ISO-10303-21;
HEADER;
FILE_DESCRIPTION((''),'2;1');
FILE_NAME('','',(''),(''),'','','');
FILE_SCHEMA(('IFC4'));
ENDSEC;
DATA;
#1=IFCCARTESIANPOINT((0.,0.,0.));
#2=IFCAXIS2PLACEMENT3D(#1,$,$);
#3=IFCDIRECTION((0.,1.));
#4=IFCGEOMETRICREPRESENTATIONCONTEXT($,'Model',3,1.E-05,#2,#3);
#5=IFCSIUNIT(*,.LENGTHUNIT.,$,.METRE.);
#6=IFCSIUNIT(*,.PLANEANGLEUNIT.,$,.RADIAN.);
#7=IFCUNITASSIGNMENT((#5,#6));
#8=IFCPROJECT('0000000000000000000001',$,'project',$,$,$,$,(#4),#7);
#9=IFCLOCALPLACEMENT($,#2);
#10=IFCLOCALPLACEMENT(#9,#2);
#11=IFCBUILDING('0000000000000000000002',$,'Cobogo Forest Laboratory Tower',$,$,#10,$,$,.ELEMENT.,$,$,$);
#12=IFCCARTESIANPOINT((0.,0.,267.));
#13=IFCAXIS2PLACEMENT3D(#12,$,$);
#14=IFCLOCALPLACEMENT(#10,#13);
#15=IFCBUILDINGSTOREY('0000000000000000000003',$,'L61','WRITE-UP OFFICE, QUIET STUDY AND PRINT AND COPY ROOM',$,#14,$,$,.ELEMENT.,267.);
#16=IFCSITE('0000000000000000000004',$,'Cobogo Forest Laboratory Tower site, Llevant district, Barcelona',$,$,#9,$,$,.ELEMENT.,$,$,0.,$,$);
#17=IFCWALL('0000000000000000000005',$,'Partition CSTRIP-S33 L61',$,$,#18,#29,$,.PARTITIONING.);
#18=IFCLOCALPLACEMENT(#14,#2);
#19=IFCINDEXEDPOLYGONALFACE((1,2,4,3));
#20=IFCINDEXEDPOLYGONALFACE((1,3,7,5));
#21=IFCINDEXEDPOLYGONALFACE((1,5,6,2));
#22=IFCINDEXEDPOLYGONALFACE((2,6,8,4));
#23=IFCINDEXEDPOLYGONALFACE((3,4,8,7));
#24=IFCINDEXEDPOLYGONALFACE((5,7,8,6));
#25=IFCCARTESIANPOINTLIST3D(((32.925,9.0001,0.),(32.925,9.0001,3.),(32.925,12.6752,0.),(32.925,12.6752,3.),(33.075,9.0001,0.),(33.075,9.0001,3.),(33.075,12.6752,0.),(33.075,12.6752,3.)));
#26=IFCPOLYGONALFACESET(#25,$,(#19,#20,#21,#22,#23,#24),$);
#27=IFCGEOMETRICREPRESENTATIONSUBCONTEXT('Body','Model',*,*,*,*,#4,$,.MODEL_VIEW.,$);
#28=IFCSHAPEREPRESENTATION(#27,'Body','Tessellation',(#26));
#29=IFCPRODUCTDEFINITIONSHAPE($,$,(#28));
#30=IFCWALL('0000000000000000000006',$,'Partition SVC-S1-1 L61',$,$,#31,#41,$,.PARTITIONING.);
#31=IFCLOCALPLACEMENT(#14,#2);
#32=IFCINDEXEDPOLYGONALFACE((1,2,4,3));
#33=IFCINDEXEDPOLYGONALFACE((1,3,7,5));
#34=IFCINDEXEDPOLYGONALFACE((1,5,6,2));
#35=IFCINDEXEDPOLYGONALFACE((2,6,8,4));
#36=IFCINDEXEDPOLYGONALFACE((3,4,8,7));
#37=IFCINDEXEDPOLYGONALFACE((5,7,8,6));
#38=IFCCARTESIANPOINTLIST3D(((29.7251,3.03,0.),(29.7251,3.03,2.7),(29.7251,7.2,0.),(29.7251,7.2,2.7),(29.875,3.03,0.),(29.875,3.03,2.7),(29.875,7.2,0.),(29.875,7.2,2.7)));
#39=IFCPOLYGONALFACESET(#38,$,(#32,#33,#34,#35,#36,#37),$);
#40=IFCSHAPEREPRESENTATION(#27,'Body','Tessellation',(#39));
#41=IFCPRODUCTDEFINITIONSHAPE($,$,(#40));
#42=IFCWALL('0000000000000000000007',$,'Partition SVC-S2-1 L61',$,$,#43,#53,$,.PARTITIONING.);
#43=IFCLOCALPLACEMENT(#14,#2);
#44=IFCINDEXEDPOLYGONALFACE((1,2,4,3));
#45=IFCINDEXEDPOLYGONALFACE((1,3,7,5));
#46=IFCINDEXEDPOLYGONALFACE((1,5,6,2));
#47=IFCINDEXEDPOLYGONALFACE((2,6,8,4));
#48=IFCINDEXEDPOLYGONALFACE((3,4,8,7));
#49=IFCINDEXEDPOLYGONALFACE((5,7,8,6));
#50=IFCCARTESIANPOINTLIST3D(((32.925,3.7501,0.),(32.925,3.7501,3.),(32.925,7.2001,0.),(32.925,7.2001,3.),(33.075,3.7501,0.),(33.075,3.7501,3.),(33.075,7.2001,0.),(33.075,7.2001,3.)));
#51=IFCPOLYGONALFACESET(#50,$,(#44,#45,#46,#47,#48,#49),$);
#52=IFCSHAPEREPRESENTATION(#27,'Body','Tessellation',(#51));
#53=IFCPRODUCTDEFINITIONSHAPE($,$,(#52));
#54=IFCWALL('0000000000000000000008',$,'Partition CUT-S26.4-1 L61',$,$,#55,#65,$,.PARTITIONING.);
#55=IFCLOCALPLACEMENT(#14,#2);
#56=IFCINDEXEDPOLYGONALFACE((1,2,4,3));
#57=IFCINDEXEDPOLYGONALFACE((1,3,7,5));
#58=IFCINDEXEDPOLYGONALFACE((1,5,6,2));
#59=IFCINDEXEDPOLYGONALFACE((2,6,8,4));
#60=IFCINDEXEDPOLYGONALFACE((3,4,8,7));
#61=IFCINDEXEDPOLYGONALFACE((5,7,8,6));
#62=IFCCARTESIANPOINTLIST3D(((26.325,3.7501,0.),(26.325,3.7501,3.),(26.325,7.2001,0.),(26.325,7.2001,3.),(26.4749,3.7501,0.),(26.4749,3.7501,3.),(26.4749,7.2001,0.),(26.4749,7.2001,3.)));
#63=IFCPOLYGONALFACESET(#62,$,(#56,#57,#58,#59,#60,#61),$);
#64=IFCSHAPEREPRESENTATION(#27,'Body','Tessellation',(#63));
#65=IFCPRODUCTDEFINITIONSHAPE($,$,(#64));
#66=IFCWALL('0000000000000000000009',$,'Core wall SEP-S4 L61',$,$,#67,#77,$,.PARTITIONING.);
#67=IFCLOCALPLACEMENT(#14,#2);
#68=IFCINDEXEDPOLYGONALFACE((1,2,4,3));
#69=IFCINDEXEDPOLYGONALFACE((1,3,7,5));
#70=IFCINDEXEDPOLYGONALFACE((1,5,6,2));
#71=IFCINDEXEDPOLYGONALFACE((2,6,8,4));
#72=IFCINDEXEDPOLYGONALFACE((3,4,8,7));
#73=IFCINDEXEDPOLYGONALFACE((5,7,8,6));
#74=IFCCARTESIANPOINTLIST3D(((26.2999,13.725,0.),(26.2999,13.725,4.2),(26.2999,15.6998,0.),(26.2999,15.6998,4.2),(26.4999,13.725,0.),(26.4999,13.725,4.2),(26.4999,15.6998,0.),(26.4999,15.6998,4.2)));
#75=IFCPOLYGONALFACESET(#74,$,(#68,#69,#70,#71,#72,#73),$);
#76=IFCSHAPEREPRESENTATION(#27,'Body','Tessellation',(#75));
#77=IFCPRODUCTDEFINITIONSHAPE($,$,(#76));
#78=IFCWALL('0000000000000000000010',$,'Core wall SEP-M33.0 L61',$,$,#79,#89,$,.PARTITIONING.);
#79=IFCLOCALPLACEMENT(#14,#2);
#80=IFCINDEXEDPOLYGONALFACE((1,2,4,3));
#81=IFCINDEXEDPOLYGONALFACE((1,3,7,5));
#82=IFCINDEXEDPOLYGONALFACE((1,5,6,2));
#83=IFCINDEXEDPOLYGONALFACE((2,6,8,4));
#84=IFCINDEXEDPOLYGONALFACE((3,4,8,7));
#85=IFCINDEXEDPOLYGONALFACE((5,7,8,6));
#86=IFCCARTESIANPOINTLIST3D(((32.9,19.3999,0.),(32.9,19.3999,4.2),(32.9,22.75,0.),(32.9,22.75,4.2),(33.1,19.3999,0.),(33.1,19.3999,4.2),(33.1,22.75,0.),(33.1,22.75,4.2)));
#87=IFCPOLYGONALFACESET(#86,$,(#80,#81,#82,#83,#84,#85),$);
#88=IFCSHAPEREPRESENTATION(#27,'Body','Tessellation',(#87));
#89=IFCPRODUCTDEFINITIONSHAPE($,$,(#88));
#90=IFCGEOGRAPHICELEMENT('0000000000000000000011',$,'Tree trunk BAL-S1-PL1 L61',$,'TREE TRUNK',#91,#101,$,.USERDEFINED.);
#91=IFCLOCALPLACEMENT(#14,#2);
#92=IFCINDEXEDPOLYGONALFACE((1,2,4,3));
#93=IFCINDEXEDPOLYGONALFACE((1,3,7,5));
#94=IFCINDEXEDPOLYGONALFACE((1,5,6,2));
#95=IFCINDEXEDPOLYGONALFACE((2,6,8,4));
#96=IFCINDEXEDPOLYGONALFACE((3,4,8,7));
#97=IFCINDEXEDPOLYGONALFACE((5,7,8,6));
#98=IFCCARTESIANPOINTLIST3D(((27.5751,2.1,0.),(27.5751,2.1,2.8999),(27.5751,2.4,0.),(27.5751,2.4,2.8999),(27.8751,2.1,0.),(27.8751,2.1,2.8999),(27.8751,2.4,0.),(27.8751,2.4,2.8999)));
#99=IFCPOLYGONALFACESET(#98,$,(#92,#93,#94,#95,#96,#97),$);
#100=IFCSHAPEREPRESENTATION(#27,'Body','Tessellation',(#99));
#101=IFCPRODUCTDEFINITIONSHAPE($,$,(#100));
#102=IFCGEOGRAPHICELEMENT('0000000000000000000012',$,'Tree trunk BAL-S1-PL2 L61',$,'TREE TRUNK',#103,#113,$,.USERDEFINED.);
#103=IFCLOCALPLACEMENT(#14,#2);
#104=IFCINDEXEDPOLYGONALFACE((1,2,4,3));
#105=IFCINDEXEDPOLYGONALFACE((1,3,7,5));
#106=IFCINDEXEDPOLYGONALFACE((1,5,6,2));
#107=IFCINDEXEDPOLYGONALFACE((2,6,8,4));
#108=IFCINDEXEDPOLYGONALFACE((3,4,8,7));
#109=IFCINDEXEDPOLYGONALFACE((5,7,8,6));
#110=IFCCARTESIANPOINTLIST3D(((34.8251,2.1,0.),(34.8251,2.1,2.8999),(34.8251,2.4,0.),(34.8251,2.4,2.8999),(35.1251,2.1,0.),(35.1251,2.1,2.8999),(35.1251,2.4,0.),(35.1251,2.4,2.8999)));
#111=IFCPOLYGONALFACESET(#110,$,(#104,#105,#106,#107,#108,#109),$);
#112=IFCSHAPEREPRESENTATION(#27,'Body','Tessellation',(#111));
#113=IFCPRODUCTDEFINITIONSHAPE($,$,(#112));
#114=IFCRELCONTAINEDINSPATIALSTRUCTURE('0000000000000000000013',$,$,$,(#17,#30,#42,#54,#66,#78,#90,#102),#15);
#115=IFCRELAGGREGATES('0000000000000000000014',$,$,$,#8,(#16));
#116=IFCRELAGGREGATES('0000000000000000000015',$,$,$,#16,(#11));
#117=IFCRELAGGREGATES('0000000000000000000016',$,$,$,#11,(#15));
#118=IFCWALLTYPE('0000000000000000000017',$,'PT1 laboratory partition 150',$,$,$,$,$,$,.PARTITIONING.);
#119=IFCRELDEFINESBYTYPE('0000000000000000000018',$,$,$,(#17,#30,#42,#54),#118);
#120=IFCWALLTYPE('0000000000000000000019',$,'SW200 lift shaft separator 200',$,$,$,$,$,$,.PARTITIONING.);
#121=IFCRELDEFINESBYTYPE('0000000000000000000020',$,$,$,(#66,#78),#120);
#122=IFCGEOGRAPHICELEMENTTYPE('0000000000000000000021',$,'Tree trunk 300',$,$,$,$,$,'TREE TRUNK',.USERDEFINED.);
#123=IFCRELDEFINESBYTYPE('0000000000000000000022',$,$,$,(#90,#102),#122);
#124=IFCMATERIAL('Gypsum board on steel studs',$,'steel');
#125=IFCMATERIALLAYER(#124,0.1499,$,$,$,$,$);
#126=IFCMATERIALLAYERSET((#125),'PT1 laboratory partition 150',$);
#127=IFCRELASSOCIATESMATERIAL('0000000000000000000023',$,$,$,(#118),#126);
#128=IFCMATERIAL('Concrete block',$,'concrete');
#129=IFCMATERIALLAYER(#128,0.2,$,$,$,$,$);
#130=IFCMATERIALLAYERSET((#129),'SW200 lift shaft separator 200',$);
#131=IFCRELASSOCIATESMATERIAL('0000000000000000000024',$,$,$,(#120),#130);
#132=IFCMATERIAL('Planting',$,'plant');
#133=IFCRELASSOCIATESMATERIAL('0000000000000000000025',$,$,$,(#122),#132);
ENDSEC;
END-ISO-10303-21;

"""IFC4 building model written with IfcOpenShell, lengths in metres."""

from ifc_helpers import new_model, si_unit, direction, frame, frame_2d, origin, origin_2d, place, context, subcontext, project, spatial, rectangle, extrude, material, layer, layer_set, type_object, element, save


model = new_model("IFC4")

# Units and contexts
model_context = context("Model", 3, precision=1e-05, world=origin(), true_north=direction((0.0, 1.0)))
body_context = subcontext(model_context, "Body", "Model", "MODEL_VIEW")
ifc_project = project(units=[si_unit("LENGTHUNIT", "METRE"), si_unit("PLANEANGLEUNIT", "RADIAN")], contexts=[model_context])

# Site, building, storey
site_placement = place(None, origin())
site = spatial("IfcSite", under=ifc_project, at=site_placement, Name="Cobogo Forest Laboratory Tower site, Llevant district, Barcelona", CompositionType="ELEMENT", RefElevation=0.0)
building_placement = place(site_placement, origin())
building = spatial("IfcBuilding", under=site, at=building_placement, Name="Cobogo Forest Laboratory Tower", CompositionType="ELEMENT")
storey_placement = place(building_placement, frame((0.0, 0.0, 267.0)))
storey = spatial("IfcBuildingStorey", under=building, at=storey_placement, Name="L61", Description="WRITE-UP OFFICE, QUIET STUDY AND PRINT AND COPY ROOM", CompositionType="ELEMENT", Elevation=267.0)

# Walls
ifc_material_1 = material(Name="Gypsum board on steel studs", Category="steel")
ifc_layer_1 = layer(ifc_material_1, 0.1499)
ifc_layer_set_1 = layer_set([ifc_layer_1], Name="PT1 laboratory partition 150")
wall_type_1 = type_object("IfcWallType", Name="PT1 laboratory partition 150", PredefinedType="PARTITIONING", material=ifc_layer_set_1)
wall_1_placement = place(storey_placement, frame((33.0, 12.675, 0.0), z_axis=(0.0, 0.0, 1.0), x_axis=(0.0, -1.0, 0.0)))
element("IfcWall", 1, at=wall_1_placement, inside=storey, type_object=wall_type_1, Name="Partition CSTRIP-S33 L61", PredefinedType="PARTITIONING", context=body_context, shape_type="SweptSolid", body=[
    extrude(rectangle(XDim=3.675, YDim=0.1499, at=frame_2d((1.8374, 0.0))), origin(), (0.0, 0.0, 1.0), 3.0),
])
wall_2_placement = place(storey_placement, frame((29.8, 3.03, 0.0), z_axis=(0.0, 0.0, 1.0), x_axis=(0.0, 1.0, 0.0)))
element("IfcWall", 2, at=wall_2_placement, inside=storey, type_object=wall_type_1, Name="Partition SVC-S1-1 L61", PredefinedType="PARTITIONING", context=body_context, shape_type="SweptSolid", body=[
    extrude(rectangle(XDim=4.1699, YDim=0.1499, at=frame_2d((2.085, 0.0))), origin(), (0.0, 0.0, 1.0), 2.7),
])
for number, where, z_axis, x_axis, name in (
    (3, (33.0, 3.75, 0.0), (0.0, 0.0, 1.0), (0.0, 1.0, 0.0), "Partition SVC-S2-1 L61"),
    (4, (26.3999, 3.75, 0.0), (0.0, 0.0, 1.0), (0.0, 1.0, 0.0), "Partition CUT-S26.4-1 L61"),
):
    element("IfcWall", number, at=place(storey_placement, frame(where, z_axis=z_axis, x_axis=x_axis)), inside=storey, type_object=wall_type_1, Name=name, PredefinedType="PARTITIONING", context=body_context, shape_type="SweptSolid", body=[
        extrude(rectangle(XDim=3.45, YDim=0.1499, at=frame_2d((1.7251, 0.0))), origin(), (0.0, 0.0, 1.0), 3.0),
    ])
ifc_material_2 = material(Name="Concrete block", Category="concrete")
ifc_layer_2 = layer(ifc_material_2, 0.2)
ifc_layer_set_2 = layer_set([ifc_layer_2], Name="SW200 lift shaft separator 200")
wall_type_2 = type_object("IfcWallType", Name="SW200 lift shaft separator 200", PredefinedType="PARTITIONING", material=ifc_layer_set_2)
wall_3_placement = place(storey_placement, frame((26.3999, 13.7251, 0.0), z_axis=(0.0, 0.0, 1.0), x_axis=(0.0, 1.0, 0.0)))
element("IfcWall", 5, at=wall_3_placement, inside=storey, type_object=wall_type_2, Name="Core wall SEP-S4 L61", PredefinedType="PARTITIONING", context=body_context, shape_type="SweptSolid", body=[
    extrude(rectangle(XDim=1.9749, YDim=0.2, at=frame_2d((0.9873, 0.0))), origin(), (0.0, 0.0, 1.0), 4.2),
])
wall_4_placement = place(storey_placement, frame((33.0, 19.3999, 0.0), z_axis=(0.0, 0.0, 1.0), x_axis=(0.0, 1.0, 0.0)))
element("IfcWall", 6, at=wall_4_placement, inside=storey, type_object=wall_type_2, Name="Core wall SEP-M33.0 L61", PredefinedType="PARTITIONING", context=body_context, shape_type="SweptSolid", body=[
    extrude(rectangle(XDim=3.3501, YDim=0.2, at=frame_2d((1.675, 0.0))), origin(), (0.0, 0.0, 1.0), 4.2),
])

# Geographic elements
ifc_material_3 = material(Name="Planting", Category="plant")
geographic_element_type = type_object("IfcGeographicElementType", Name="Tree trunk 300", ElementType="TREE TRUNK", PredefinedType="USERDEFINED", material=ifc_material_3)
for number, where, z_axis, x_axis, name in (
    (7, (27.7251, 2.25, 0.0), (0.0, 0.0, 1.0), (1.0, 0.0, 0.0), "Tree trunk BAL-S1-PL1 L61"),
    (8, (34.9751, 2.25, 0.0), (0.0, 0.0, 1.0), (1.0, 0.0, 0.0), "Tree trunk BAL-S1-PL2 L61"),
):
    element("IfcGeographicElement", number, at=place(storey_placement, frame(where, z_axis=z_axis, x_axis=x_axis)), inside=storey, type_object=geographic_element_type, Name=name, ObjectType="TREE TRUNK", PredefinedType="USERDEFINED", context=body_context, shape_type="SweptSolid", body=[
        extrude(rectangle(XDim=0.3, YDim=0.3, at=origin_2d()), origin(), (0.0, 0.0, 1.0), 2.8999),
    ])

save(model, "model.ifc")
